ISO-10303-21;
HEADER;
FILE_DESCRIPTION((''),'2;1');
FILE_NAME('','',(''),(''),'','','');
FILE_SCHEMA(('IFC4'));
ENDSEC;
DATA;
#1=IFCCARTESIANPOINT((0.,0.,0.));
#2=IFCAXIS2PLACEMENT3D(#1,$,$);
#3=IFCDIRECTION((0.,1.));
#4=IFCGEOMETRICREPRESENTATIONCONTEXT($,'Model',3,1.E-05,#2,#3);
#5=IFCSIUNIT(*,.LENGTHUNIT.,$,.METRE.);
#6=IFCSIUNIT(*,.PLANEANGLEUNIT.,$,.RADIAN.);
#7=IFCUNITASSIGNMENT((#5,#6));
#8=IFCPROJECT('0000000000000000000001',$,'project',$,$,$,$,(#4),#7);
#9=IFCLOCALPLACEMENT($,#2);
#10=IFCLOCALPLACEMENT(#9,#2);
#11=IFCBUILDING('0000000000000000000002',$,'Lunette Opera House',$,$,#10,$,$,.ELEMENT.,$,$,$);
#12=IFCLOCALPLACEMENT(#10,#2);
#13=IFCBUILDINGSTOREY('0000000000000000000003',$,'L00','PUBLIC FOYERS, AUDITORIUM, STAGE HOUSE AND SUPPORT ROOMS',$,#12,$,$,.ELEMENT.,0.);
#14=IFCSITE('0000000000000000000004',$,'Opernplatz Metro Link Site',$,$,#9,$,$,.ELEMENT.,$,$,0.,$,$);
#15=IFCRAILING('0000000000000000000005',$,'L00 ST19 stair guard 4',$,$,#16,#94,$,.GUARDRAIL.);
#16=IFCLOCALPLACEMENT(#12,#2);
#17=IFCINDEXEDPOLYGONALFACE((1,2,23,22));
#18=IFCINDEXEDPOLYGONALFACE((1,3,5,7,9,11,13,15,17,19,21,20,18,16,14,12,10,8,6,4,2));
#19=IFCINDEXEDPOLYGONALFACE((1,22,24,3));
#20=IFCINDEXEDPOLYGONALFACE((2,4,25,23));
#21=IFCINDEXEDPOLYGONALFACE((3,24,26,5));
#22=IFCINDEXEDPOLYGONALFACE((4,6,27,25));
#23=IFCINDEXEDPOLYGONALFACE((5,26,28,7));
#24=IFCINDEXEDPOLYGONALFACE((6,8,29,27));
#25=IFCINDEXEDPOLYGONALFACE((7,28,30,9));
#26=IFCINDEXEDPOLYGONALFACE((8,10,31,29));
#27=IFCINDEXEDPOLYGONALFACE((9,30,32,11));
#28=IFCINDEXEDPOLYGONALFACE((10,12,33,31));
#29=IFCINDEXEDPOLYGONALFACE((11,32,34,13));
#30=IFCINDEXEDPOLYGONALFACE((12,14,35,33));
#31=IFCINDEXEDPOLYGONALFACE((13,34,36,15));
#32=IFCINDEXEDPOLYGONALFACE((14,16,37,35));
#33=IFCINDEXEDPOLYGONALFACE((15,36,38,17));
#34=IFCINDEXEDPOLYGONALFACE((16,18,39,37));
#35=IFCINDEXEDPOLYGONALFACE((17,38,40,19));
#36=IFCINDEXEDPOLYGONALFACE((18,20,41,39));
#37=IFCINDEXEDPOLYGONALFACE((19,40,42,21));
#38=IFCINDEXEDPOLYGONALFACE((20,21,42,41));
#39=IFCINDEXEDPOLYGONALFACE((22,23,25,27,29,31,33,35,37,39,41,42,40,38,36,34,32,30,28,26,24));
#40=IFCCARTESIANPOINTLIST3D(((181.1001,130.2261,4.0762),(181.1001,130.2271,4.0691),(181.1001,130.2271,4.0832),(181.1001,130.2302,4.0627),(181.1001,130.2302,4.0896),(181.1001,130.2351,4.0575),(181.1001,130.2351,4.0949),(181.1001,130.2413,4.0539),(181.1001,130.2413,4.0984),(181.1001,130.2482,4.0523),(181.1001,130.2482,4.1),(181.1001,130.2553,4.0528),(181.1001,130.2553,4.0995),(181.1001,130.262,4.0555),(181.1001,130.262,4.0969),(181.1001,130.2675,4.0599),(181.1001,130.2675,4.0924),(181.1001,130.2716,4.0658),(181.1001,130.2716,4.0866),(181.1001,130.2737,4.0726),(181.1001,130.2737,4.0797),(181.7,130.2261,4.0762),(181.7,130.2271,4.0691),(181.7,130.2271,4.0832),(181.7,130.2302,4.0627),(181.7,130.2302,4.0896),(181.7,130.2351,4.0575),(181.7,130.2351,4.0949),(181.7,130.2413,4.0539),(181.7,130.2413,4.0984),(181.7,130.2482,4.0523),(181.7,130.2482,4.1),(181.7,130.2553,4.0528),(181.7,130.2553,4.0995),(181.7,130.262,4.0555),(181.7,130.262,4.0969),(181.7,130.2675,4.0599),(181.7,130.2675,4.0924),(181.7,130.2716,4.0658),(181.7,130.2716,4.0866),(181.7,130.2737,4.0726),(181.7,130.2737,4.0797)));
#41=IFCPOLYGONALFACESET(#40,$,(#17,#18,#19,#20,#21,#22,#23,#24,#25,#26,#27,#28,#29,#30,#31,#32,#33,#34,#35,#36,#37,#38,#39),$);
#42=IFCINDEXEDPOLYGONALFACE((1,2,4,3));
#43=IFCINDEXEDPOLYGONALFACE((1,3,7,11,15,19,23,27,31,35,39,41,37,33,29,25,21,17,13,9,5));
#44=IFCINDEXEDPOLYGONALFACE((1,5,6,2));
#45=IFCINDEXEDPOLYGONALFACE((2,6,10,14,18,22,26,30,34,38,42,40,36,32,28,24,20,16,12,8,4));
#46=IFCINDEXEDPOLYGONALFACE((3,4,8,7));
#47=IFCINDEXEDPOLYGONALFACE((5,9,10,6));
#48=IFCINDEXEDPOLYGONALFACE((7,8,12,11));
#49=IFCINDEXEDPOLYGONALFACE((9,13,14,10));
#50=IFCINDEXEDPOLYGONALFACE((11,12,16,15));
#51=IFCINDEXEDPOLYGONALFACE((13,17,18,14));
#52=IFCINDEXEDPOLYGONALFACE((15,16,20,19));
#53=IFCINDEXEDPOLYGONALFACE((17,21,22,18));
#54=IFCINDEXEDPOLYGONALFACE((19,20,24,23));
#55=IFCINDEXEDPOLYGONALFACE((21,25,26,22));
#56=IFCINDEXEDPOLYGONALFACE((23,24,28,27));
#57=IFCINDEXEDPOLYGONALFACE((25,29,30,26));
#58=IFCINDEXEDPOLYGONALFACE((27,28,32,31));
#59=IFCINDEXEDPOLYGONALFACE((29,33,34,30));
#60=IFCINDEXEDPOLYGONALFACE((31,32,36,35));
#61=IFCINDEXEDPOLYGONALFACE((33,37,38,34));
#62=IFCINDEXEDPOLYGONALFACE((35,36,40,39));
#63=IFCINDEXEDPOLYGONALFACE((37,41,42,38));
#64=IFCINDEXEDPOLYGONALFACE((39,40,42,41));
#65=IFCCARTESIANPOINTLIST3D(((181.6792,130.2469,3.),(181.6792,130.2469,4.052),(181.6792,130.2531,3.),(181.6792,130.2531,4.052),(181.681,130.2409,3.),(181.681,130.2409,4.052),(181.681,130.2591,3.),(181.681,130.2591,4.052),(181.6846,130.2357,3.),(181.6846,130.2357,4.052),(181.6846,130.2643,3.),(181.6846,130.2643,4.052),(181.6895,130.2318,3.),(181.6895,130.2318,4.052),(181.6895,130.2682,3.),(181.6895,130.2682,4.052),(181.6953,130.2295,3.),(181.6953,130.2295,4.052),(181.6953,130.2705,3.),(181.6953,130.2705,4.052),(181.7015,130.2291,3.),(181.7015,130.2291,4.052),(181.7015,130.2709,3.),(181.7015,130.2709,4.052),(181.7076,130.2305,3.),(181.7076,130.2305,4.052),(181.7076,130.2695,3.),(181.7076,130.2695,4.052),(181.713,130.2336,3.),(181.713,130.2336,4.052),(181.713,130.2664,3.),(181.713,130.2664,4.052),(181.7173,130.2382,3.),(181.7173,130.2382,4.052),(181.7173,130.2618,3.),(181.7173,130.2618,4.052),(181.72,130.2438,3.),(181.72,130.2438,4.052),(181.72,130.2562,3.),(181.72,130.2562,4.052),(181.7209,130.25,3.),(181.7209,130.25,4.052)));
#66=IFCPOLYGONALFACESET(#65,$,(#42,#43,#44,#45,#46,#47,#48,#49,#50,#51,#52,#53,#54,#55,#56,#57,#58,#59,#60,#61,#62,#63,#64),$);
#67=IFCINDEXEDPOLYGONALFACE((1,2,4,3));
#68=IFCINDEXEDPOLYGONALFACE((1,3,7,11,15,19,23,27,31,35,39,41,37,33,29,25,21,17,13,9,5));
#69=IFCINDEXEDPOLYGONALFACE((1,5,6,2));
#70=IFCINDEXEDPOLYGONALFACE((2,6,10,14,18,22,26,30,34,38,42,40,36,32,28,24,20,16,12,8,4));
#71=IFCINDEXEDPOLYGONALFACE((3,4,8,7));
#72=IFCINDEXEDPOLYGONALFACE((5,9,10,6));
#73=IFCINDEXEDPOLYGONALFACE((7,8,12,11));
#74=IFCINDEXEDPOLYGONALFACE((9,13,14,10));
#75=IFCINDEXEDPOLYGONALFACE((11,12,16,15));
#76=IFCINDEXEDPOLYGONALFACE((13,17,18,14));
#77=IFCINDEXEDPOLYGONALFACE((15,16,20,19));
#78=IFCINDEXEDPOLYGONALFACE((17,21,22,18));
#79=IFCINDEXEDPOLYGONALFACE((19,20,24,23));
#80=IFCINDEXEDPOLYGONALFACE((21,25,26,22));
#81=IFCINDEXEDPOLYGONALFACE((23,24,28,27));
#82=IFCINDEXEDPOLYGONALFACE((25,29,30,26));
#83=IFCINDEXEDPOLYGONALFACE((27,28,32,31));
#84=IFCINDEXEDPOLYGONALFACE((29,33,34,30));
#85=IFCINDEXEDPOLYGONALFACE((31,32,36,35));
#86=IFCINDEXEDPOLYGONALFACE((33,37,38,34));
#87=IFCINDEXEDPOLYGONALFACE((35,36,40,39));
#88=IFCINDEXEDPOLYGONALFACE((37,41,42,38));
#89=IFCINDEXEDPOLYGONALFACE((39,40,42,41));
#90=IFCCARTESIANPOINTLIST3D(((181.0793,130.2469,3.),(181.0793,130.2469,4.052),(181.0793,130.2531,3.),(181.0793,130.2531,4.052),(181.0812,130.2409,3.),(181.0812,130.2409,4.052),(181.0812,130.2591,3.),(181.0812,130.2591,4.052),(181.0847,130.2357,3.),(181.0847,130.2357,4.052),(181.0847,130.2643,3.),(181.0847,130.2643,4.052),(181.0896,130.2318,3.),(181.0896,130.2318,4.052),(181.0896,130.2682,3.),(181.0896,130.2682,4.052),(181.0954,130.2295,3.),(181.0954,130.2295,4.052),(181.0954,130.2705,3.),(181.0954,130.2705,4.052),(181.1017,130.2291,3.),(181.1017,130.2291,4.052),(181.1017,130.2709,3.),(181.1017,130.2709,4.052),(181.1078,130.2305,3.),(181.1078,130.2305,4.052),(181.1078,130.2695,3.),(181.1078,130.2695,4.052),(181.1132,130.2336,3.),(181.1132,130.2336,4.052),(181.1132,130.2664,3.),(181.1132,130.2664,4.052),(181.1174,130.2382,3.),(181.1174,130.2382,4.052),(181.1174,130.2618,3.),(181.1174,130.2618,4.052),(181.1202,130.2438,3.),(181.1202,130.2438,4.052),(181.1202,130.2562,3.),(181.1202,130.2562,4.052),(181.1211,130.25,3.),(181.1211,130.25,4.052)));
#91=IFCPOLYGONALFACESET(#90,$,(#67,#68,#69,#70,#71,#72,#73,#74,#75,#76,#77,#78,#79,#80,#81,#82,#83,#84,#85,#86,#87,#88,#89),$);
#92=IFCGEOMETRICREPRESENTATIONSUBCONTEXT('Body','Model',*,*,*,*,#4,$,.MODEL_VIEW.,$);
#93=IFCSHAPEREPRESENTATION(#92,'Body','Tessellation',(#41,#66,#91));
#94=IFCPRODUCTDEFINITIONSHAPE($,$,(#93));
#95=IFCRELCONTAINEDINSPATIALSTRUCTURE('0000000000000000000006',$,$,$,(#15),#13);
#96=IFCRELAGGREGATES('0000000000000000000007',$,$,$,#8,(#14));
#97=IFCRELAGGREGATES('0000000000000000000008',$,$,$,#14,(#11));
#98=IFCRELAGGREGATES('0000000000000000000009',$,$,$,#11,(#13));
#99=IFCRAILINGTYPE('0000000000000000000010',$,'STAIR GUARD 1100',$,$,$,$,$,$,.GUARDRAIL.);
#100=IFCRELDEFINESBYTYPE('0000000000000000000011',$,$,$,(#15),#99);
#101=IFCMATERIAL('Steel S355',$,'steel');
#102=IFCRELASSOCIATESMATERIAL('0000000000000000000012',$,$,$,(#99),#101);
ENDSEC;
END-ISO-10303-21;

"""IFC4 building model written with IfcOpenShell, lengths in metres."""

from ifc_helpers import new_model, si_unit, direction, frame, origin, origin_2d, place, context, subcontext, project, spatial, circle, extrude, material, type_object, element, save


model = new_model("IFC4")

# Units and contexts
model_context = context("Model", 3, precision=1e-05, world=origin(), true_north=direction((0.0, 1.0)))
body_context = subcontext(model_context, "Body", "Model", "MODEL_VIEW")
ifc_project = project(units=[si_unit("LENGTHUNIT", "METRE"), si_unit("PLANEANGLEUNIT", "RADIAN")], contexts=[model_context])

# Site, building, storey
site_placement = place(None, origin())
site = spatial("IfcSite", under=ifc_project, at=site_placement, Name="Opernplatz Metro Link Site", CompositionType="ELEMENT", RefElevation=0.0)
building_placement = place(site_placement, origin())
building = spatial("IfcBuilding", under=site, at=building_placement, Name="Lunette Opera House", CompositionType="ELEMENT")
storey_placement = place(building_placement, origin())
storey = spatial("IfcBuildingStorey", under=building, at=storey_placement, Name="L00", Description="PUBLIC FOYERS, AUDITORIUM, STAGE HOUSE AND SUPPORT ROOMS", CompositionType="ELEMENT", Elevation=0.0)

# Railing
ifc_material_1 = material(Name="Steel S355", Category="steel")
railing_type_1 = type_object("IfcRailingType", Name="STAIR GUARD 1100", PredefinedType="GUARDRAIL", material=ifc_material_1)
railing_1_placement = place(storey_placement, frame((181.7, 130.25, 3.0)))
element("IfcRailing", 1, at=railing_1_placement, inside=storey, type_object=railing_type_1, Name="L00 ST19 stair guard 4", PredefinedType="GUARDRAIL", context=body_context, shape_type="SweptSolid", body=[
    extrude(circle(Radius=0.0239, at=origin_2d()), frame((0.0, 0.0, 1.0762), z_axis=(-1.0, 0.0, 0.0), x_axis=(0.0, -1.0, 0.0)), (0.0, 0.0, 1.0), 0.5999),
    extrude(circle(Radius=0.021, at=origin_2d()), origin(), (0.0, 0.0, 1.0), 1.052),
    extrude(circle(Radius=0.021, at=origin_2d()), frame((-0.5999, 0.0, 0.0)), (0.0, 0.0, 1.0), 1.052),
])

save(model, "model.ifc")
